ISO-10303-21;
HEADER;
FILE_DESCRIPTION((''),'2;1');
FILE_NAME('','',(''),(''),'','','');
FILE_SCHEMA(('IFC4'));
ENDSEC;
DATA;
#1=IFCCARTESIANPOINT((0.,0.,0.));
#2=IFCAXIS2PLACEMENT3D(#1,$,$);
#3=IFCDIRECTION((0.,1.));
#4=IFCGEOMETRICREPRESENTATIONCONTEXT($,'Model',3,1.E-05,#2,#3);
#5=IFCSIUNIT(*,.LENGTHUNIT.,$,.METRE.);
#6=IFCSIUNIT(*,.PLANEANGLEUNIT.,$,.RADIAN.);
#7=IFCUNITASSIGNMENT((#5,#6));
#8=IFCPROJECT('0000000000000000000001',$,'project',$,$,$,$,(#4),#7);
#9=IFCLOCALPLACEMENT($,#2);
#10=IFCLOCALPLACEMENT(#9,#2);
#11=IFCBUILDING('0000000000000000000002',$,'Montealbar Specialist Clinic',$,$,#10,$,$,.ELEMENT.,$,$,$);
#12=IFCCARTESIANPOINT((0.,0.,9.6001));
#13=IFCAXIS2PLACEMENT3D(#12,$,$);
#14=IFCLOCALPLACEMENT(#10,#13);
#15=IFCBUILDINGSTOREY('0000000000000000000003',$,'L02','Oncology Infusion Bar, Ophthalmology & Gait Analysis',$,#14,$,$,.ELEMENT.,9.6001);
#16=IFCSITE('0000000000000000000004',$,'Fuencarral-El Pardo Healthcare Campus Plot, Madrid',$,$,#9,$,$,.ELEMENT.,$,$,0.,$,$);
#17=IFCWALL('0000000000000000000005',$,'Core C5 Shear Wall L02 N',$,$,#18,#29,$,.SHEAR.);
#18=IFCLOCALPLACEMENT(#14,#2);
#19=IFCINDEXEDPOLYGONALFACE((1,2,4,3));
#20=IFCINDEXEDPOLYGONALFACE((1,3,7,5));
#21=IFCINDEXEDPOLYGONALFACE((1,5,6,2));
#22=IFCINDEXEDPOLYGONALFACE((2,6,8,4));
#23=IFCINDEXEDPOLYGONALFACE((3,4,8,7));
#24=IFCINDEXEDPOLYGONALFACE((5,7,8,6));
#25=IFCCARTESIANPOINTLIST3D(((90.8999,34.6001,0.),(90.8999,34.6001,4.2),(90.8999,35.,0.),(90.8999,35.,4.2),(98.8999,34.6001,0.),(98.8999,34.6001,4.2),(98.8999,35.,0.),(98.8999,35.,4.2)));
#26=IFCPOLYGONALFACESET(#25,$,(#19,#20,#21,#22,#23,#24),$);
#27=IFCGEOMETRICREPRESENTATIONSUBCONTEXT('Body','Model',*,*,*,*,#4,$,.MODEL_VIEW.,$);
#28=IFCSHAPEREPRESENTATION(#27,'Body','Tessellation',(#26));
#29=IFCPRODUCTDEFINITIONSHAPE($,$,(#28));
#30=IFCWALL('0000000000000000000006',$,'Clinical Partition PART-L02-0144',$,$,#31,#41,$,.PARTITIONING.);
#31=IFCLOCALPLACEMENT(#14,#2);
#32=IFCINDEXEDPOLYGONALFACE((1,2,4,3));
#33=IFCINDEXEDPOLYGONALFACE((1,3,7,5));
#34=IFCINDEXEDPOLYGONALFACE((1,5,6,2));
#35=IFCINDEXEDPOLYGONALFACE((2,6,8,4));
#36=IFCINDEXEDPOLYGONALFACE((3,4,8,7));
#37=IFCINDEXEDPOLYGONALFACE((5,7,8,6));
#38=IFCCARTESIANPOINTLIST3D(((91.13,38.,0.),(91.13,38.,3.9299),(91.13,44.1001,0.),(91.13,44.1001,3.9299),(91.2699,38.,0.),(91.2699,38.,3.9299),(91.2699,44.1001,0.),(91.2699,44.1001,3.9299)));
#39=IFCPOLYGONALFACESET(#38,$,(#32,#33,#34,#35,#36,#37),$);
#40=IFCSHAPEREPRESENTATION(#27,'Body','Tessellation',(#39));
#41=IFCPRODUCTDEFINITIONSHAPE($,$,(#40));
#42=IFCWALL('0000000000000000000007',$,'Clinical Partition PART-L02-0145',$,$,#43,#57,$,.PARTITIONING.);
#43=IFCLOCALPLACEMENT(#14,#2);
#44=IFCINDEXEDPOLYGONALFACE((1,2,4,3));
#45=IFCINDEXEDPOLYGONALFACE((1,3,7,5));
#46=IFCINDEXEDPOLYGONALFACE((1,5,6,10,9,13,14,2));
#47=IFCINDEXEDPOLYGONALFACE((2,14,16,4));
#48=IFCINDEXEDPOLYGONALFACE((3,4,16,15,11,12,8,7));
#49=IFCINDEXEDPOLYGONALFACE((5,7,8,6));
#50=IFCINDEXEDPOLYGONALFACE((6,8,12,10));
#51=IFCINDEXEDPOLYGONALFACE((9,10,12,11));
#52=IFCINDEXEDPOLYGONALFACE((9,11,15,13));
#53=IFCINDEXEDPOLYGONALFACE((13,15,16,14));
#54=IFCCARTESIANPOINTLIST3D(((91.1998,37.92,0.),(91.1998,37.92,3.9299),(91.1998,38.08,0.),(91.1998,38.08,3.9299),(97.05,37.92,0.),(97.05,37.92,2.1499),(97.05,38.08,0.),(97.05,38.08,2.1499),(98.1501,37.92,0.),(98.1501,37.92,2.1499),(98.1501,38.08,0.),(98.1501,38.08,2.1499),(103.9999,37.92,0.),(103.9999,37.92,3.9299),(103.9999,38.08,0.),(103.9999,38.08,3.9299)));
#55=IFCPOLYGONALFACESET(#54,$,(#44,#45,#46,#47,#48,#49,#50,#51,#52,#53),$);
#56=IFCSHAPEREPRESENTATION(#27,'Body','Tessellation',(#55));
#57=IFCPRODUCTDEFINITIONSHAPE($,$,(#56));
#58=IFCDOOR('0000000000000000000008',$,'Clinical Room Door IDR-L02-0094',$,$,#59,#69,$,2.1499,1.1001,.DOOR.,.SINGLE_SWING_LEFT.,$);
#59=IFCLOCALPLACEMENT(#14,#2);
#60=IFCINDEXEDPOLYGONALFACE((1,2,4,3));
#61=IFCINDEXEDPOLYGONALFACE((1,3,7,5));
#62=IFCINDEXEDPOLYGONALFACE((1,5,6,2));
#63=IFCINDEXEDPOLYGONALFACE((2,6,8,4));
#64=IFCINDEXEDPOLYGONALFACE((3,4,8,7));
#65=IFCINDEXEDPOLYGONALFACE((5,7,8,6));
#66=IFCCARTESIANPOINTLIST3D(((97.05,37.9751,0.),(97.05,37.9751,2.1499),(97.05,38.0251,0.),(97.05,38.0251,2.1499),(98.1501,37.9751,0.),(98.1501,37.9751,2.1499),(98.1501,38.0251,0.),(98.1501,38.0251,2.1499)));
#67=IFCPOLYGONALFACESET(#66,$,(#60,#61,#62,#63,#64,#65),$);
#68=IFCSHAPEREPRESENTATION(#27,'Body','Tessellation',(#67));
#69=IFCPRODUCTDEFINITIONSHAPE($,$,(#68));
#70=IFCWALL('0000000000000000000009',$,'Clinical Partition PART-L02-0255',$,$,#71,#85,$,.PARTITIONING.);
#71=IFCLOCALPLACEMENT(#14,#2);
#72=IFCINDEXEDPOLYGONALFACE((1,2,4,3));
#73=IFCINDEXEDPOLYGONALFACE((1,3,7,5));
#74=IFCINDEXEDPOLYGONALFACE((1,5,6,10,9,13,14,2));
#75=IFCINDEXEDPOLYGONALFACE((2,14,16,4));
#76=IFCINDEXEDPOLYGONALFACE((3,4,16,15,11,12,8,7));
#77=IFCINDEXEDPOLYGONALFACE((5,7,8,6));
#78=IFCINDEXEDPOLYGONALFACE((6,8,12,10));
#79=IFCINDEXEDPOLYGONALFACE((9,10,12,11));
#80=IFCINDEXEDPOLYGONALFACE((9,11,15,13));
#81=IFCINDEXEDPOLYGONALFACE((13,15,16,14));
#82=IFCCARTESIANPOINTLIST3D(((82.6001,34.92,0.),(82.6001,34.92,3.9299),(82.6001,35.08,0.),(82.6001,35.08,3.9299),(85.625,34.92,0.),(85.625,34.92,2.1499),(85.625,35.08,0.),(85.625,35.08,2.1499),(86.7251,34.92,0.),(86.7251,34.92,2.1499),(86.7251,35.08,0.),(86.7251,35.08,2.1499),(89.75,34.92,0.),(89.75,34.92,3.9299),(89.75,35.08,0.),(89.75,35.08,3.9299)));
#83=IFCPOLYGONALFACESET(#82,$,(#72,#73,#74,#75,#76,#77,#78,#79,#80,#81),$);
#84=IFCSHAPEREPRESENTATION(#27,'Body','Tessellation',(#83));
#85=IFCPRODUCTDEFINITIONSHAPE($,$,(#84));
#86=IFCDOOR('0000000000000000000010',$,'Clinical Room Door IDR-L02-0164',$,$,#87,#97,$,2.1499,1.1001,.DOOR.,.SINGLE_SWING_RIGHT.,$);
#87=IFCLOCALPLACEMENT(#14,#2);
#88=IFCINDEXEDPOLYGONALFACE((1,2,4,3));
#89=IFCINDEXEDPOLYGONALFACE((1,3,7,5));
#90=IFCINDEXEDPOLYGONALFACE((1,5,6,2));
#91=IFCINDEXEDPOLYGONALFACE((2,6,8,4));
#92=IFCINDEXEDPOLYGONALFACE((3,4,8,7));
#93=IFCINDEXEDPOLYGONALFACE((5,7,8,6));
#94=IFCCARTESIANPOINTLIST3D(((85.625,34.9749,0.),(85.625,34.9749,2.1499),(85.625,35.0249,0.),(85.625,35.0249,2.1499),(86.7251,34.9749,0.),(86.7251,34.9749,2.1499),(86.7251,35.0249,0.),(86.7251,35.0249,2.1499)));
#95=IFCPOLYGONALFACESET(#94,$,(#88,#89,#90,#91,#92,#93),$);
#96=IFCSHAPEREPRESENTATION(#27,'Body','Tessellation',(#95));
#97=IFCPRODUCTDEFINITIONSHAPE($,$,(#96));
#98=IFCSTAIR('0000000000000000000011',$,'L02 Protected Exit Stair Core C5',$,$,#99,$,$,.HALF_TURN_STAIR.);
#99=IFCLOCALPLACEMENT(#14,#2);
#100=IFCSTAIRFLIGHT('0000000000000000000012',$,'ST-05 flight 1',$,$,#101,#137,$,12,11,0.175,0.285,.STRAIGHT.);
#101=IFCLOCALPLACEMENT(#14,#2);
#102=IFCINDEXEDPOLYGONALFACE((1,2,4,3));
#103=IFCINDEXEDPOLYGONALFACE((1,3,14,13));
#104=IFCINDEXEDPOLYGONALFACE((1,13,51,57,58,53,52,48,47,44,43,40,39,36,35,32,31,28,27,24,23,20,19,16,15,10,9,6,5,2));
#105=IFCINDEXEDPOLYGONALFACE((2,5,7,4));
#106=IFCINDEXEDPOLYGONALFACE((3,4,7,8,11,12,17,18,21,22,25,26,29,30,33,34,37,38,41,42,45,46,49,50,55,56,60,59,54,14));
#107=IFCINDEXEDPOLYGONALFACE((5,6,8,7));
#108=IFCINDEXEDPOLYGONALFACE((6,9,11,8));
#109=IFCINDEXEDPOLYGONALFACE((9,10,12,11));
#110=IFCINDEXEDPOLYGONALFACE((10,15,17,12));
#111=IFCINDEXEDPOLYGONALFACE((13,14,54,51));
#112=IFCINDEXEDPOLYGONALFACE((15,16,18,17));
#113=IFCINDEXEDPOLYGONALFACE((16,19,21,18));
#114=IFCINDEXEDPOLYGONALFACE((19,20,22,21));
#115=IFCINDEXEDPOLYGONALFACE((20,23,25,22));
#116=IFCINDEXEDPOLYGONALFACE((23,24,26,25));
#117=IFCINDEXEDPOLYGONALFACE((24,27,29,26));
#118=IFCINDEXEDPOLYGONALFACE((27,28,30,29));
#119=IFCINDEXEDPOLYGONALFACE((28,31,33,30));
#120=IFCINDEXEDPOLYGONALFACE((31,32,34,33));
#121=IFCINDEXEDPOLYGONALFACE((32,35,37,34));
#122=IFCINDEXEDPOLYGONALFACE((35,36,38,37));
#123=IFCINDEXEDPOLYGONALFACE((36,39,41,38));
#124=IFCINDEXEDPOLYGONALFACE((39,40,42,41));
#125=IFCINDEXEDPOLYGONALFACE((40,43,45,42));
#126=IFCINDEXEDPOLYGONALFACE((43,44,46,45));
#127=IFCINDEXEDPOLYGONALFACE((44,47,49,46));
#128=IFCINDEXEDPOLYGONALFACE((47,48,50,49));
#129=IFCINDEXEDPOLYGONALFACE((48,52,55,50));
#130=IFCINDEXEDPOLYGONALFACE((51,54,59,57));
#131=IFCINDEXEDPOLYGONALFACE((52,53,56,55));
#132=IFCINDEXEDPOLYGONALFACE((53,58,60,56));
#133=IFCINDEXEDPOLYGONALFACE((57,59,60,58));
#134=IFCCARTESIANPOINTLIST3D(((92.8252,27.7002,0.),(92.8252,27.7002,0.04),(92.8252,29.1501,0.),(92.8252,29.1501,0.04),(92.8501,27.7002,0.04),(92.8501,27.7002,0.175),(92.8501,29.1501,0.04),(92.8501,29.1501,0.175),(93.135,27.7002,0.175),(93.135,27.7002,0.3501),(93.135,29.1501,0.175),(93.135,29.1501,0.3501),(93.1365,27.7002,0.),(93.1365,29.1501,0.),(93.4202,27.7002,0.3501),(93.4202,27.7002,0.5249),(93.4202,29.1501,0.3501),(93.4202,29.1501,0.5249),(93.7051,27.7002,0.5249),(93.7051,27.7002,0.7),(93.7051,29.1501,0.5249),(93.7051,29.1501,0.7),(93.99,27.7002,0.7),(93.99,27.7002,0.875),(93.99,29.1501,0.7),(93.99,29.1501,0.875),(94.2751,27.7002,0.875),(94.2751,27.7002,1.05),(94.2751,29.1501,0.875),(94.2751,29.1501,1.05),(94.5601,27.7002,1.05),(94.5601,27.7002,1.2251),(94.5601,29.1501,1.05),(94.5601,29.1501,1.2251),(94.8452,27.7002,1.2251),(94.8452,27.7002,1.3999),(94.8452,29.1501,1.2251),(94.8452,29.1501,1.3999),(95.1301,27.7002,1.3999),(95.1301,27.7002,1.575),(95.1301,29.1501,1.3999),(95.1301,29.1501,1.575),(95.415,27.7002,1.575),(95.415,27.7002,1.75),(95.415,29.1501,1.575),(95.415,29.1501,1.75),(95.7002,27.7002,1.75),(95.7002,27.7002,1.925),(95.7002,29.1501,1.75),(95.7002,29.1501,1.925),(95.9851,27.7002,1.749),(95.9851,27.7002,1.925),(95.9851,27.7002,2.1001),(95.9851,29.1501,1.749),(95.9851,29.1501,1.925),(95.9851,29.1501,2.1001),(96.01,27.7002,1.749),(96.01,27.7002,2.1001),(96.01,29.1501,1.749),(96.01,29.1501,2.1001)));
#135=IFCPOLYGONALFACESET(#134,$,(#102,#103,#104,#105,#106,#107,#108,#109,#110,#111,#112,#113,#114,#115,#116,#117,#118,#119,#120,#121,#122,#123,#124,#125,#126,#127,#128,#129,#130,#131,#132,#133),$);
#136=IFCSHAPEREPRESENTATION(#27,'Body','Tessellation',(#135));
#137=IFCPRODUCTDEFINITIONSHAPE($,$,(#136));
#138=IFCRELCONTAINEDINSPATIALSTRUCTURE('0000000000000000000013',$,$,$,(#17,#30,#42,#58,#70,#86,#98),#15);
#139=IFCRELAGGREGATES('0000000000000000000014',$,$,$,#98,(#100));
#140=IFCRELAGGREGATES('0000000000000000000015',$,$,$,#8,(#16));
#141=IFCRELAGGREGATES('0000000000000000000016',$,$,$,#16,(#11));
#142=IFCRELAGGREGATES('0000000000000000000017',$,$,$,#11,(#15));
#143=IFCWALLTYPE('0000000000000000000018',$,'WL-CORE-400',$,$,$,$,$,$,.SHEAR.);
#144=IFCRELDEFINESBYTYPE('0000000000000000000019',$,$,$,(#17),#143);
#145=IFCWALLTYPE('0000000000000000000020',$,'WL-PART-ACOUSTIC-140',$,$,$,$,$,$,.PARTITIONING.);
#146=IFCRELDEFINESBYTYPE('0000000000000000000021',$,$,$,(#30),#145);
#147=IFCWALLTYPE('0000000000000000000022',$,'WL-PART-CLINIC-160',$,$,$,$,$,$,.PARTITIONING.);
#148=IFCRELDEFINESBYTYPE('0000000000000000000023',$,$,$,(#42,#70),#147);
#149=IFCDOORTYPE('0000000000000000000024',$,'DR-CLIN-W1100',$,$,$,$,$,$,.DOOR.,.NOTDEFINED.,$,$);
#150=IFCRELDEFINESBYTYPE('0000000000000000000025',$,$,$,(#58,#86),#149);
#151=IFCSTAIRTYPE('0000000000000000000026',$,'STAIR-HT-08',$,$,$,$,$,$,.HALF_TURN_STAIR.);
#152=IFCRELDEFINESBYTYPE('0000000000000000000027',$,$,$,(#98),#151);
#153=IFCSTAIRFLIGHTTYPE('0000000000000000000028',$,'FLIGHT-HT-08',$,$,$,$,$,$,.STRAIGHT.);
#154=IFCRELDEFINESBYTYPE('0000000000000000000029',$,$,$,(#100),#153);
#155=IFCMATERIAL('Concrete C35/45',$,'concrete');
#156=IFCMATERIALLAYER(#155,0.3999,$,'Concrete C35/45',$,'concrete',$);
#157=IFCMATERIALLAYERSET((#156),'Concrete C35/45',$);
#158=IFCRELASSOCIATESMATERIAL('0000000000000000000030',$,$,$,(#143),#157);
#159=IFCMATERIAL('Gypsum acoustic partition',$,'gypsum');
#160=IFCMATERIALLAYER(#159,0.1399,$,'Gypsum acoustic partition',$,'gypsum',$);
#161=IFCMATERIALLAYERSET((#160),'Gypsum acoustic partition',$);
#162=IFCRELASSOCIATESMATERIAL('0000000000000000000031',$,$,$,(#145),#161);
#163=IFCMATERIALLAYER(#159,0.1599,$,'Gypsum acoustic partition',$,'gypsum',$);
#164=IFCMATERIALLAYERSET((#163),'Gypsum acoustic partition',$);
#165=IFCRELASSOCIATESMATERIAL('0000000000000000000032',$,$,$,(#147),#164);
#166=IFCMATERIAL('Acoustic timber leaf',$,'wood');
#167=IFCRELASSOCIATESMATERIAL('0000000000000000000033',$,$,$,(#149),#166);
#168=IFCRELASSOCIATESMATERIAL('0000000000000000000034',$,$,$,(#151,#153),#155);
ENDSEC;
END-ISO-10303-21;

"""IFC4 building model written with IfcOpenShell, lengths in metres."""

from ifc_helpers import new_model, si_unit, direction, frame, frame_2d, origin, place, context, subcontext, project, spatial, polyline, rectangle, outline, extrude, material, layer, layer_set, type_object, element, fill, aggregate, save


model = new_model("IFC4")

# Units and contexts
model_context = context("Model", 3, precision=1e-05, world=origin(), true_north=direction((0.0, 1.0)))
body_context = subcontext(model_context, "Body", "Model", "MODEL_VIEW")
ifc_project = project(units=[si_unit("LENGTHUNIT", "METRE"), si_unit("PLANEANGLEUNIT", "RADIAN")], contexts=[model_context])

# Site, building, storey
site_placement = place(None, origin())
site = spatial("IfcSite", under=ifc_project, at=site_placement, Name="Fuencarral-El Pardo Healthcare Campus Plot, Madrid", CompositionType="ELEMENT", RefElevation=0.0)
building_placement = place(site_placement, origin())
building = spatial("IfcBuilding", under=site, at=building_placement, Name="Montealbar Specialist Clinic", CompositionType="ELEMENT")
storey_placement = place(building_placement, frame((0.0, 0.0, 9.6001)))
storey = spatial("IfcBuildingStorey", under=building, at=storey_placement, Name="L02", Description="Oncology Infusion Bar, Ophthalmology & Gait Analysis", CompositionType="ELEMENT", Elevation=9.6001)

# Walls
ifc_material_1 = material(Name="Concrete C35/45", Category="concrete")
ifc_layer_1 = layer(ifc_material_1, 0.3999, Name="Concrete C35/45", Category="concrete")
ifc_layer_set_1 = layer_set([ifc_layer_1], Name="Concrete C35/45")
wall_type_1 = type_object("IfcWallType", Name="WL-CORE-400", PredefinedType="SHEAR", material=ifc_layer_set_1)
wall_1_placement = place(storey_placement, frame((90.8999, 34.8, 0.0), z_axis=(0.0, 0.0, 1.0), x_axis=(1.0, 0.0, 0.0)))
element("IfcWall", 1, at=wall_1_placement, inside=storey, type_object=wall_type_1, Name="Core C5 Shear Wall L02 N", PredefinedType="SHEAR", context=body_context, shape_type="SweptSolid", body=[
    extrude(rectangle(XDim=8.0, YDim=0.3999, at=frame_2d((4.0, 0.0))), origin(), (0.0, 0.0, 1.0), 4.2),
])
ifc_material_2 = material(Name="Gypsum acoustic partition", Category="gypsum")
ifc_layer_2 = layer(ifc_material_2, 0.1399, Name="Gypsum acoustic partition", Category="gypsum")
ifc_layer_set_2 = layer_set([ifc_layer_2], Name="Gypsum acoustic partition")
wall_type_2 = type_object("IfcWallType", Name="WL-PART-ACOUSTIC-140", PredefinedType="PARTITIONING", material=ifc_layer_set_2)
wall_2_placement = place(storey_placement, frame((91.2, 38.0, 0.0), z_axis=(0.0, 0.0, 1.0), x_axis=(0.0, 1.0, 0.0)))
element("IfcWall", 2, at=wall_2_placement, inside=storey, type_object=wall_type_2, Name="Clinical Partition PART-L02-0144", PredefinedType="PARTITIONING", context=body_context, shape_type="SweptSolid", body=[
    extrude(rectangle(XDim=6.1001, YDim=0.1399, at=frame_2d((3.05, 0.0))), origin(), (0.0, 0.0, 1.0), 3.9299),
])

# Walls, openings, doors
ifc_layer_3 = layer(ifc_material_2, 0.1599, Name="Gypsum acoustic partition", Category="gypsum")
ifc_layer_set_3 = layer_set([ifc_layer_3], Name="Gypsum acoustic partition")
wall_type_3 = type_object("IfcWallType", Name="WL-PART-CLINIC-160", PredefinedType="PARTITIONING", material=ifc_layer_set_3)
wall_3_placement = place(storey_placement, frame((91.2, 38.0, 0.0), z_axis=(0.0, 0.0, 1.0), x_axis=(1.0, 0.0, 0.0)))
wall_3 = element("IfcWall", 3, at=wall_3_placement, inside=storey, type_object=wall_type_3, Name="Clinical Partition PART-L02-0145", PredefinedType="PARTITIONING", context=body_context, shape_type="SweptSolid", body=[
    extrude(rectangle(XDim=12.8, YDim=0.1599, at=frame_2d((6.3999, 0.0))), origin(), (0.0, 0.0, 1.0), 3.9299),
])
opening_1_placement = place(wall_3_placement, frame((5.8501, 0.0, 0.0)))
opening_1 = element("IfcOpeningElement", 4, at=opening_1_placement, cuts=wall_3, PredefinedType="OPENING", context=body_context, shape_type="SweptSolid", body=[
    extrude(rectangle(XDim=1.1001, YDim=2.1499, at=frame_2d((0.55, 1.075))), frame((0.0, 0.0898, 0.0), z_axis=(0.0, -1.0, 0.0), x_axis=(1.0, 0.0, 0.0)), (0.0, 0.0, 1.0), 0.1799),
])
ifc_material_3 = material(Name="Acoustic timber leaf", Category="wood")
door_type = type_object("IfcDoorType", Name="DR-CLIN-W1100", OperationType="NOTDEFINED", PredefinedType="DOOR", material=ifc_material_3)
door_1_placement = place(opening_1_placement, frame((1.1001, 0.0, 0.0), z_axis=(0.0, 0.0, 1.0), x_axis=(-1.0, 0.0, 0.0)))
door_1 = element("IfcDoor", 5, at=door_1_placement, inside=storey, type_object=door_type, Name="Clinical Room Door IDR-L02-0094", OperationType="SINGLE_SWING_LEFT", OverallHeight=2.1499, OverallWidth=1.1001, PredefinedType="DOOR", context=body_context, shape_type="SweptSolid", body=[
    extrude(rectangle(XDim=1.1001, YDim=2.1499, at=frame_2d((0.55, 1.075))), frame((0.0, 0.0249, 0.0), z_axis=(0.0, -1.0, 0.0), x_axis=(1.0, 0.0, 0.0)), (0.0, 0.0, 1.0), 0.05),
])
fill(opening_1, door_1)
wall_4_placement = place(storey_placement, frame((82.6001, 35.0, 0.0), z_axis=(0.0, 0.0, 1.0), x_axis=(1.0, 0.0, 0.0)))
wall_4 = element("IfcWall", 6, at=wall_4_placement, inside=storey, type_object=wall_type_3, Name="Clinical Partition PART-L02-0255", PredefinedType="PARTITIONING", context=body_context, shape_type="SweptSolid", body=[
    extrude(rectangle(XDim=7.1499, YDim=0.1599, at=frame_2d((3.575, 0.0))), origin(), (0.0, 0.0, 1.0), 3.9299),
])
opening_2_placement = place(wall_4_placement, frame((3.0249, 0.0, 0.0)))
opening_2 = element("IfcOpeningElement", 7, at=opening_2_placement, cuts=wall_4, PredefinedType="OPENING", context=body_context, shape_type="SweptSolid", body=[
    extrude(rectangle(XDim=1.1001, YDim=2.1499, at=frame_2d((0.55, 1.075))), frame((0.0, 0.0898, 0.0), z_axis=(0.0, -1.0, 0.0), x_axis=(1.0, 0.0, 0.0)), (0.0, 0.0, 1.0), 0.1799),
])
door_2_placement = place(opening_2_placement, origin())
door_2 = element("IfcDoor", 8, at=door_2_placement, inside=storey, type_object=door_type, Name="Clinical Room Door IDR-L02-0164", OperationType="SINGLE_SWING_RIGHT", OverallHeight=2.1499, OverallWidth=1.1001, PredefinedType="DOOR", context=body_context, shape_type="SweptSolid", body=[
    extrude(rectangle(XDim=1.1001, YDim=2.1499, at=frame_2d((0.55, 1.075))), frame((0.0, 0.0249, 0.0), z_axis=(0.0, -1.0, 0.0), x_axis=(1.0, 0.0, 0.0)), (0.0, 0.0, 1.0), 0.05),
])
fill(opening_2, door_2)

# Stair, stair flight
stair_type = type_object("IfcStairType", Name="STAIR-HT-08", PredefinedType="HALF_TURN_STAIR", material=ifc_material_1)
stair_placement = place(storey_placement, origin())
stair = element("IfcStair", 9, at=stair_placement, inside=storey, type_object=stair_type, Name="L02 Protected Exit Stair Core C5", PredefinedType="HALF_TURN_STAIR")
stair_flight_type = type_object("IfcStairFlightType", Name="FLIGHT-HT-08", PredefinedType="STRAIGHT", material=ifc_material_1)
stair_flight_placement = place(storey_placement, frame((92.8501, 28.425, 0.0), z_axis=(0.0, 0.0, 1.0), x_axis=(1.0, 0.0, 0.0)))
stair_flight = element("IfcStairFlight", 10, at=stair_flight_placement, type_object=stair_flight_type, Name="ST-05 flight 1", NumberOfRisers=12, NumberOfTreads=11, PredefinedType="STRAIGHT", RiserHeight=0.175, TreadLength=0.285, context=body_context, shape_type="SweptSolid", body=[
    extrude(outline(polyline([(-0.0249, 0.0), (-0.0249, 0.04), (0.0, 0.04), (0.0, 0.175), (0.2849, 0.175), (0.2849, 0.3501), (0.5701, 0.3501), (0.5701, 0.5249), (0.855, 0.5249), (0.855, 0.7), (1.1399, 0.7), (1.1399, 0.875), (1.425, 0.875), (1.425, 1.05), (1.71, 1.05), (1.71, 1.2251), (1.9951, 1.2251), (1.9951, 1.3999), (2.28, 1.3999), (2.28, 1.575), (2.5649, 1.575), (2.5649, 1.75), (2.8501, 1.75), (2.8501, 1.925), (3.135, 1.925), (3.135, 2.1001), (3.1599, 2.1001), (3.1599, 1.749), (3.135, 1.749), (0.2864, 0.0), (-0.0249, 0.0)])), frame((0.0, 0.7251, 0.0), z_axis=(0.0, -1.0, 0.0), x_axis=(1.0, 0.0, 0.0)), (0.0, 0.0, 1.0), 1.45),
])
aggregate(stair, [stair_flight])

save(model, "model.ifc")
